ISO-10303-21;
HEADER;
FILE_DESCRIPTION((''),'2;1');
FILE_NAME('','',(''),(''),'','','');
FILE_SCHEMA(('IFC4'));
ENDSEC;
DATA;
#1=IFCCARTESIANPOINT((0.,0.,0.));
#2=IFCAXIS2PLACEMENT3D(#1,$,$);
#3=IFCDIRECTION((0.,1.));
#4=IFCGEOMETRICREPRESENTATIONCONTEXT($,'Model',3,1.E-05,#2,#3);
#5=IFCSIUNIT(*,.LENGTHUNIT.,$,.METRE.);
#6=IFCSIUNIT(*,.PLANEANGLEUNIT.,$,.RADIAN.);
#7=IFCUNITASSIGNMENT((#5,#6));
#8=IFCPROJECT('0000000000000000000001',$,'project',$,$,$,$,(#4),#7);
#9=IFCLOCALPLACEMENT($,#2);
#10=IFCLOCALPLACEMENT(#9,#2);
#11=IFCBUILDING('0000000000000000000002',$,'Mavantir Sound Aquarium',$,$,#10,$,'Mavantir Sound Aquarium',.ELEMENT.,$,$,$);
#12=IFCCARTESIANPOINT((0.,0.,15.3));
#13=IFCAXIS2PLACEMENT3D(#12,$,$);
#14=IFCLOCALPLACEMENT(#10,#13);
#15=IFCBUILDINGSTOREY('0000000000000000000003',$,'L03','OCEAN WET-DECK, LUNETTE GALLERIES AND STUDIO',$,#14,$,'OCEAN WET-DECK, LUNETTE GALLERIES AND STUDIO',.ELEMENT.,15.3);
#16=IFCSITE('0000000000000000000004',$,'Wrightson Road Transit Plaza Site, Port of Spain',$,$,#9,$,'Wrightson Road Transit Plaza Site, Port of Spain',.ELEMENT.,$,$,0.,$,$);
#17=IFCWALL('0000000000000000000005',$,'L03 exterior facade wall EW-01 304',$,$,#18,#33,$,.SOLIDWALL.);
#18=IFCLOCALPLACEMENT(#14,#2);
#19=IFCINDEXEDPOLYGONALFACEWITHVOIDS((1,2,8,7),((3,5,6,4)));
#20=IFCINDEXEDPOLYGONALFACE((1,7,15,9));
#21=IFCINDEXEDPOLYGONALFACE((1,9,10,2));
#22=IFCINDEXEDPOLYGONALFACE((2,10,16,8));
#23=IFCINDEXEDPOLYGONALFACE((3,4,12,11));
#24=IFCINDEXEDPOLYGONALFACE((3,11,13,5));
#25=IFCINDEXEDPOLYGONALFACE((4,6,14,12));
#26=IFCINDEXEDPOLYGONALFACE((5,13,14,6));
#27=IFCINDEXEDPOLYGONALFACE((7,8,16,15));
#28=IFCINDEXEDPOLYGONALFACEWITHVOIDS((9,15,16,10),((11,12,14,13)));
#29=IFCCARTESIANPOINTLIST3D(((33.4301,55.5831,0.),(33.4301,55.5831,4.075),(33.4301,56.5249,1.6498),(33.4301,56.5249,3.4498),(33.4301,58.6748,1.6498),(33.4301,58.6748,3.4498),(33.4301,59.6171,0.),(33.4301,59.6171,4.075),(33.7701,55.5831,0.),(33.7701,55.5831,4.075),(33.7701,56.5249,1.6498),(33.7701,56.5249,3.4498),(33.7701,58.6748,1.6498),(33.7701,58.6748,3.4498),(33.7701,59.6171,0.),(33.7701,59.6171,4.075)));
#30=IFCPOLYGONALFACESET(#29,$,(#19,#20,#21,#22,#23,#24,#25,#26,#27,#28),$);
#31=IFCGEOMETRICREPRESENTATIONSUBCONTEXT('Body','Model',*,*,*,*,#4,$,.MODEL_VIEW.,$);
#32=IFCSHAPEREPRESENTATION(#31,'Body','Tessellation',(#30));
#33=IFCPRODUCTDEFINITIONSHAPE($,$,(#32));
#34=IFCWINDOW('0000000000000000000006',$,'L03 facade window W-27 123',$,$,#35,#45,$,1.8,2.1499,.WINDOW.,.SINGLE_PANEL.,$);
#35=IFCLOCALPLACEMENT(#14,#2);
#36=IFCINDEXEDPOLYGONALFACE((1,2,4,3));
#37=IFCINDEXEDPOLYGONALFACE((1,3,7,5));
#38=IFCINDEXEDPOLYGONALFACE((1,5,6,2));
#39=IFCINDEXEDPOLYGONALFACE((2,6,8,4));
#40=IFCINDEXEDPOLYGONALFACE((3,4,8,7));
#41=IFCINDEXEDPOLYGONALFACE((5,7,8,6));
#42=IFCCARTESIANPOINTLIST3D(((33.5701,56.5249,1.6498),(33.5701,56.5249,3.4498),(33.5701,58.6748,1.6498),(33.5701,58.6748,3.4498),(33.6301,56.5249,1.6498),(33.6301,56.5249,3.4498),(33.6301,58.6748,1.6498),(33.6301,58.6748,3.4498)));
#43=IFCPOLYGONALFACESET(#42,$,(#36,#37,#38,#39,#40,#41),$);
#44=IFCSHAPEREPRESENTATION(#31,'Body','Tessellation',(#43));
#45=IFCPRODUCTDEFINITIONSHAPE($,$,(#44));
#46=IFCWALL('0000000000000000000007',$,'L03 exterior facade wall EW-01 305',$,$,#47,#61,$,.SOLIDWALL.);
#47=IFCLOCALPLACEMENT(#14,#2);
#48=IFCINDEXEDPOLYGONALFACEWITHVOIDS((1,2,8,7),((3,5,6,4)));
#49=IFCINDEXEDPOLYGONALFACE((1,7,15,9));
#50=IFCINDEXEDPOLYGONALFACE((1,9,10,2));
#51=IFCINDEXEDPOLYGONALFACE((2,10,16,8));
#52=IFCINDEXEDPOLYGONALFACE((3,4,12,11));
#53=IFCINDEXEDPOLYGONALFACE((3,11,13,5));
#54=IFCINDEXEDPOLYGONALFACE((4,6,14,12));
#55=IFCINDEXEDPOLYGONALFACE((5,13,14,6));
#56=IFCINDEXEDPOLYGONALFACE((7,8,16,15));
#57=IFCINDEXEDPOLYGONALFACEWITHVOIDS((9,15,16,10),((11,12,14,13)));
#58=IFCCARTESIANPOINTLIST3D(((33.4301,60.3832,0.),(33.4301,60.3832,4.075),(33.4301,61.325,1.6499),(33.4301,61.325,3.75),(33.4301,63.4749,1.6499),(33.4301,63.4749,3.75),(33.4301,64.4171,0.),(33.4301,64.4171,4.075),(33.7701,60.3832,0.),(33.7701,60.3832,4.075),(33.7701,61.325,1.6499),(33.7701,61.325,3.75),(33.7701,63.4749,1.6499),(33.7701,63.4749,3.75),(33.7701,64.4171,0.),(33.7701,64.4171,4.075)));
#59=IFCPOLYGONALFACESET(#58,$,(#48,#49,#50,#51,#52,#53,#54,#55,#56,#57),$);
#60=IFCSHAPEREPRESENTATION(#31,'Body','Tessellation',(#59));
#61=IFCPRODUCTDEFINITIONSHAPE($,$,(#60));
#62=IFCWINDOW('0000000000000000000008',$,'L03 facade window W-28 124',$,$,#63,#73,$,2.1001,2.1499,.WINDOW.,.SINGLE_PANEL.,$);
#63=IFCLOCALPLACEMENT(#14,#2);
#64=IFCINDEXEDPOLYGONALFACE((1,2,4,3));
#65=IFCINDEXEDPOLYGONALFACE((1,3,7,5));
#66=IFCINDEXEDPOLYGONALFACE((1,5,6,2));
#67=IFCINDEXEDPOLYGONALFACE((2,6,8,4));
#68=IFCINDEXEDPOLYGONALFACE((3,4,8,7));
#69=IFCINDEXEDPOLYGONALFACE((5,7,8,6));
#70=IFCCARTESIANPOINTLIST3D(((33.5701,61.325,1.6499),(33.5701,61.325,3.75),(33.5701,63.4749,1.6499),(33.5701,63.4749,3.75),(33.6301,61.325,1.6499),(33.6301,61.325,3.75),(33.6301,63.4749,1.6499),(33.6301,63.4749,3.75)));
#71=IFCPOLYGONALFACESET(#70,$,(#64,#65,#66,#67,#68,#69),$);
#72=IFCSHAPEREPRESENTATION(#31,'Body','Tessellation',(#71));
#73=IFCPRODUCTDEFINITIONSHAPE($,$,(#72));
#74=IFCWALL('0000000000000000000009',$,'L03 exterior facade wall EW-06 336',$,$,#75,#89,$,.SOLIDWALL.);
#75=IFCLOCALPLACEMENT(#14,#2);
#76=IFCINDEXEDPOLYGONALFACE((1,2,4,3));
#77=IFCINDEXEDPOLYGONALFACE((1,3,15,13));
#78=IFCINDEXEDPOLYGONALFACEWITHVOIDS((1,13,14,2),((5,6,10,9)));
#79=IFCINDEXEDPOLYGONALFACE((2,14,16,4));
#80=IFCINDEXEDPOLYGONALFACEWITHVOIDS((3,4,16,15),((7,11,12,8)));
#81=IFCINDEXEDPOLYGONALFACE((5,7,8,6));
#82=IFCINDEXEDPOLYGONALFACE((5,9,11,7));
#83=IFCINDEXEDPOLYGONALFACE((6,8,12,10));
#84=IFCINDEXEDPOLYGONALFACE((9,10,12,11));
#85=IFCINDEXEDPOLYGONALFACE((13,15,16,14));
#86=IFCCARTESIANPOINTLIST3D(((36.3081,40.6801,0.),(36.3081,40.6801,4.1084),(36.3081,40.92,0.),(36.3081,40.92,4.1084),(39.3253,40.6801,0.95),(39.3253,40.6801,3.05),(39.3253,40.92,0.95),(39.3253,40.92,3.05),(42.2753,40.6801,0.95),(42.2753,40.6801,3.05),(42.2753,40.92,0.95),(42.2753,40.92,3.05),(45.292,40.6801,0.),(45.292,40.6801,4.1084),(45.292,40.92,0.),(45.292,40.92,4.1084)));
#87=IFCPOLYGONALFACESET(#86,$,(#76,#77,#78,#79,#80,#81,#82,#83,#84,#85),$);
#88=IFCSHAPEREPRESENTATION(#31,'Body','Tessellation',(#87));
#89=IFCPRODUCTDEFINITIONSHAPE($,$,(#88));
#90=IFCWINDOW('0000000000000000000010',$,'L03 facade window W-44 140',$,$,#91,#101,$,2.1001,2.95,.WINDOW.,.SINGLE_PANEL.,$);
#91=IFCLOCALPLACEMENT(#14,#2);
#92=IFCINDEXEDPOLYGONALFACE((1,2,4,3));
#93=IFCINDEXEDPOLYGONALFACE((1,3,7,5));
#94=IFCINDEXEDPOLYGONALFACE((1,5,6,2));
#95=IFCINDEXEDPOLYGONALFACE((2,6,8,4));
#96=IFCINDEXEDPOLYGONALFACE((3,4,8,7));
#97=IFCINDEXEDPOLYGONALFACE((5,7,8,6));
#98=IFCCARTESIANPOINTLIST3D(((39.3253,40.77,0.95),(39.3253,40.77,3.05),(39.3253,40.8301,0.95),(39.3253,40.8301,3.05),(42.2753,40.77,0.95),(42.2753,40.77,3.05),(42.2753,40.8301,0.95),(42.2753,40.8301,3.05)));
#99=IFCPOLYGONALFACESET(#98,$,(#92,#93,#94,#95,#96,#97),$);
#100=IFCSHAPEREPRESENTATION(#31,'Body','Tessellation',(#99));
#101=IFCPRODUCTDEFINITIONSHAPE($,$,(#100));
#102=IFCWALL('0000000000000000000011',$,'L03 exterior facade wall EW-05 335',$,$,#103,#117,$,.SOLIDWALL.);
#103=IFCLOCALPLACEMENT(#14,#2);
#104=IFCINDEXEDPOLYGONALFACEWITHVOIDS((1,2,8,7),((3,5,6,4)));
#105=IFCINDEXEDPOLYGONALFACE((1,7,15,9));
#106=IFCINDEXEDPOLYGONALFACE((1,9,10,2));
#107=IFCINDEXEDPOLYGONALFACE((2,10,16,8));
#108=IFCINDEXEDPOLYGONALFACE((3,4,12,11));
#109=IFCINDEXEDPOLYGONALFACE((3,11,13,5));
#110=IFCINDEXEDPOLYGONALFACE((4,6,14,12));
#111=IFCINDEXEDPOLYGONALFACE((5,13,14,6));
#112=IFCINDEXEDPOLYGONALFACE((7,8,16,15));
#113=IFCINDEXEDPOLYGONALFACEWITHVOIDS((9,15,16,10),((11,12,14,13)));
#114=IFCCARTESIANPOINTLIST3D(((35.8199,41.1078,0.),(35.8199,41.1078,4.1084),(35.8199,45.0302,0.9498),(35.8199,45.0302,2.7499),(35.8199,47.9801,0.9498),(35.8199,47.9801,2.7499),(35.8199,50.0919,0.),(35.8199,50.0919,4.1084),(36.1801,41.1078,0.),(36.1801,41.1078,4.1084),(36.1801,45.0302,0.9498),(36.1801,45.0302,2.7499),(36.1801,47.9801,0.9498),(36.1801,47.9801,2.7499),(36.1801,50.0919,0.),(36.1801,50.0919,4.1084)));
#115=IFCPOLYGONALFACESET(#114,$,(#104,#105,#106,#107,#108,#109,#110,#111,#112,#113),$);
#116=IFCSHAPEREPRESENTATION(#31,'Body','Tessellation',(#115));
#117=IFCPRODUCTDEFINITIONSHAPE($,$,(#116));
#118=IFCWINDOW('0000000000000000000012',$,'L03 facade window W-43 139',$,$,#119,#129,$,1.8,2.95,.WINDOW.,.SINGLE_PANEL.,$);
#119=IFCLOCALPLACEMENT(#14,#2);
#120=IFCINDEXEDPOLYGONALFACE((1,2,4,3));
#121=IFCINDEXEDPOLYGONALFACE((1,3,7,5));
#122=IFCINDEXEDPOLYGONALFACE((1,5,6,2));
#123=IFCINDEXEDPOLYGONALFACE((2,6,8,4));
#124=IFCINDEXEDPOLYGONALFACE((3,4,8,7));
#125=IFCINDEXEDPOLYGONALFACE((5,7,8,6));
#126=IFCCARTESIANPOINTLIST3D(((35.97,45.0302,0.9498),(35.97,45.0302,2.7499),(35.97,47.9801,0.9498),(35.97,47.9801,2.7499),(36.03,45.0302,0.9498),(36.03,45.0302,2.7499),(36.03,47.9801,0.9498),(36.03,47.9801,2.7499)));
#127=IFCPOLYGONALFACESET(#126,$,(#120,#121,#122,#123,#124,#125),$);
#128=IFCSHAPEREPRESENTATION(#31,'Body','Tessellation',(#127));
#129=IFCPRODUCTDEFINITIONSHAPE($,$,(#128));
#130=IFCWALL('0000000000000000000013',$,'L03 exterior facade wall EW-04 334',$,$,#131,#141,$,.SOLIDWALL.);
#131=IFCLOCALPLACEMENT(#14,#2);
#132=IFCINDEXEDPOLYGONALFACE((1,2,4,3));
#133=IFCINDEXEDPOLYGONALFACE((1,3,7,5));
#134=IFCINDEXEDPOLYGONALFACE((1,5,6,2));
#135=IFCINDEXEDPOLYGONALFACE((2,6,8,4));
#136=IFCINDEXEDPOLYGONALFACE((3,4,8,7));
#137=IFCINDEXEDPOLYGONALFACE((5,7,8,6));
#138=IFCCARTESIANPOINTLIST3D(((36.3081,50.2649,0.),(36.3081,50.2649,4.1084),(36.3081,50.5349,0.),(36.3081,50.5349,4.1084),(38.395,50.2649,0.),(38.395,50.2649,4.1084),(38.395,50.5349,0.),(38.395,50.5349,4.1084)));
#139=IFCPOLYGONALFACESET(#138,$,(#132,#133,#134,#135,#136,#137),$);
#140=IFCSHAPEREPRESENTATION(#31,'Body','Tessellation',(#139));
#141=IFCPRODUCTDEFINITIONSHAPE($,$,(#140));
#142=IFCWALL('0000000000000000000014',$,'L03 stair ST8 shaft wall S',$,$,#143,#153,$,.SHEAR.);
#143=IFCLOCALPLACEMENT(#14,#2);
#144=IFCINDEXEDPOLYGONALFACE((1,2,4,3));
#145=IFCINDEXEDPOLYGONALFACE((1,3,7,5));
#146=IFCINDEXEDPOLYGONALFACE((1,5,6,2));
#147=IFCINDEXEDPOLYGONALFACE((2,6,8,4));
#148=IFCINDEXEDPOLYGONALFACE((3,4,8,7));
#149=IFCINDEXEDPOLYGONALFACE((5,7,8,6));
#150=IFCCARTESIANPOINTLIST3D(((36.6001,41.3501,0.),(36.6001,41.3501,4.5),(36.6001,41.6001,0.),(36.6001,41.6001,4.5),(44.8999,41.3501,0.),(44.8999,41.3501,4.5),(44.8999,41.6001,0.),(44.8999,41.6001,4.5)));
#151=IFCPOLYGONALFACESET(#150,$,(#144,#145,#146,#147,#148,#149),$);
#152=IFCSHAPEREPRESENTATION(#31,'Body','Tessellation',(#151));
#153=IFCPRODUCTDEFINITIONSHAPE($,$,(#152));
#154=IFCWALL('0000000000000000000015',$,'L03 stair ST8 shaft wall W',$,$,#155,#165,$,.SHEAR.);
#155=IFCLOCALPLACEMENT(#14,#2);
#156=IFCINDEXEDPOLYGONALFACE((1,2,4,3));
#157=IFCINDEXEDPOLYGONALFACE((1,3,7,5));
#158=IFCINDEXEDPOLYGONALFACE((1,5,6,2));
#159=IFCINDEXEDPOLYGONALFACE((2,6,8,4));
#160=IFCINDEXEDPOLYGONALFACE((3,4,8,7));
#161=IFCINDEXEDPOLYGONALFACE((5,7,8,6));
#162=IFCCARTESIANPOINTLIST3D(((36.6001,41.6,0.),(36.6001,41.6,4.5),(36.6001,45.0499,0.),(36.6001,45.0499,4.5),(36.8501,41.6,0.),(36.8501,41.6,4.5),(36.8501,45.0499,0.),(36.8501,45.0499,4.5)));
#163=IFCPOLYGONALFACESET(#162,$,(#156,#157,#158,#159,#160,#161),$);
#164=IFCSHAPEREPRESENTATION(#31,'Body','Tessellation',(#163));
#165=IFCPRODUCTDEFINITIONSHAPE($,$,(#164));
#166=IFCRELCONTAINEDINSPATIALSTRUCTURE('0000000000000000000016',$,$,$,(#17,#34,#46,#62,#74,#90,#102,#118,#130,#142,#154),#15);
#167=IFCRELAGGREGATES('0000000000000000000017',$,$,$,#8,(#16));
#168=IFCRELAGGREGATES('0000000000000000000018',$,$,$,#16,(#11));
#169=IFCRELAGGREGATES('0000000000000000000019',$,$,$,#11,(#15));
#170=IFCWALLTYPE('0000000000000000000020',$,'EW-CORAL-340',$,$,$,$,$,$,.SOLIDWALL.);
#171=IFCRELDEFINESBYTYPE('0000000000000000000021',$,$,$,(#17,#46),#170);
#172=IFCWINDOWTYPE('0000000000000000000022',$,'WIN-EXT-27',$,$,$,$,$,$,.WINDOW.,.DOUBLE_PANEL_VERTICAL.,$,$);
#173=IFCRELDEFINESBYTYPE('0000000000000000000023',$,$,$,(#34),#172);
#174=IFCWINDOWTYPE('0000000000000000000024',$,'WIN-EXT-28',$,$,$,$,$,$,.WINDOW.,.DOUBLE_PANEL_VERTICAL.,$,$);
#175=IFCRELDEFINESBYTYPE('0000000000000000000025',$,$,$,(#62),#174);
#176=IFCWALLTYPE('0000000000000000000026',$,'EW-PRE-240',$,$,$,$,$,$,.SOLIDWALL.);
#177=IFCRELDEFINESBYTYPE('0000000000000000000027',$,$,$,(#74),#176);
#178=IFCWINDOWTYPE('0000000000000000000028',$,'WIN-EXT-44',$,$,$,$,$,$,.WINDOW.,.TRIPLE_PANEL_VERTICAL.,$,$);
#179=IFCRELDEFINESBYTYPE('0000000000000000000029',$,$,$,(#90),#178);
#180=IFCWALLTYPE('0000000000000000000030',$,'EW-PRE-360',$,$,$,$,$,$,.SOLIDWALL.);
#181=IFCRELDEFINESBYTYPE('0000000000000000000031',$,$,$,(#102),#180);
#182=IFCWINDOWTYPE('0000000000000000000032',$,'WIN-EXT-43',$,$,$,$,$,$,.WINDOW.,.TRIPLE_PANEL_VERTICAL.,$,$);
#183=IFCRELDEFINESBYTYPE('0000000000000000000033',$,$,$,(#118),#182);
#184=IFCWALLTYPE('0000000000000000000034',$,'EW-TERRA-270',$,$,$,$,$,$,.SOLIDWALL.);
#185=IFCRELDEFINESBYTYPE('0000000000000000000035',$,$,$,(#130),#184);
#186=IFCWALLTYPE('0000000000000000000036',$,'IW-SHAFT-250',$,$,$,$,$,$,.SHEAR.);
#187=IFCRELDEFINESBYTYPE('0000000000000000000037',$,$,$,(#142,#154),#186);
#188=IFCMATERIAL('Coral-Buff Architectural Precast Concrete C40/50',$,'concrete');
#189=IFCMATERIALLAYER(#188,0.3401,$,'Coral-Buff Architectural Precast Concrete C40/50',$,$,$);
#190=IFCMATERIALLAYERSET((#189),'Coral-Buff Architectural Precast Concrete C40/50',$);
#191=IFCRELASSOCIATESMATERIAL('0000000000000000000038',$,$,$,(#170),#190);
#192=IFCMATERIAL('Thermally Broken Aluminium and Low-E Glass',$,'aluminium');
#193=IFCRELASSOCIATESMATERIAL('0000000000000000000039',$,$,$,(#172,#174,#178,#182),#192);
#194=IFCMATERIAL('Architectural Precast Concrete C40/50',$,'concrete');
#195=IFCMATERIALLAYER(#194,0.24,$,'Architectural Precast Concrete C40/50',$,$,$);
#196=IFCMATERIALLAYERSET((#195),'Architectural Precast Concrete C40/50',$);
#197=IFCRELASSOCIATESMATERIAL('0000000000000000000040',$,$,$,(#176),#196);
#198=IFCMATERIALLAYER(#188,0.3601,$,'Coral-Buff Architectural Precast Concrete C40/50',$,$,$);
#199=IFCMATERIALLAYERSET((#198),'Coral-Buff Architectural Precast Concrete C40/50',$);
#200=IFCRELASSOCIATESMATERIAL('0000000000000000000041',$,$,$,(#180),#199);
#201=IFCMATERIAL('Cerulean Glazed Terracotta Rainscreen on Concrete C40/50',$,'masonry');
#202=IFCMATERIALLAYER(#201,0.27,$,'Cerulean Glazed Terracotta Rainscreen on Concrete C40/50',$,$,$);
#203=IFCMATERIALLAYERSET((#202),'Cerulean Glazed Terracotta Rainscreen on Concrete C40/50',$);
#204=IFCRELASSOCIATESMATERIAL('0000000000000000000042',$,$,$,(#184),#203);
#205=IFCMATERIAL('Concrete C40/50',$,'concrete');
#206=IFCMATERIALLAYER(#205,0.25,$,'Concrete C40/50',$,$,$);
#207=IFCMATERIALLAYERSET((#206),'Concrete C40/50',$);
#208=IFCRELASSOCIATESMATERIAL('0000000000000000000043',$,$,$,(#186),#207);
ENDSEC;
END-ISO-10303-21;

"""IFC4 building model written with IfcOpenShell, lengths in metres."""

from ifc_helpers import new_model, si_unit, direction, frame, frame_2d, origin, place, context, subcontext, project, spatial, rectangle, extrude, material, layer, layer_set, type_object, element, fill, save


model = new_model("IFC4")

# Units and contexts
model_context = context("Model", 3, precision=1e-05, world=origin(), true_north=direction((0.0, 1.0)))
body_context = subcontext(model_context, "Body", "Model", "MODEL_VIEW")
ifc_project = project(units=[si_unit("LENGTHUNIT", "METRE"), si_unit("PLANEANGLEUNIT", "RADIAN")], contexts=[model_context])

# Site, building, storey
site_placement = place(None, origin())
site = spatial("IfcSite", under=ifc_project, at=site_placement, Name="Wrightson Road Transit Plaza Site, Port of Spain", LongName="Wrightson Road Transit Plaza Site, Port of Spain", CompositionType="ELEMENT", RefElevation=0.0)
building_placement = place(site_placement, origin())
building = spatial("IfcBuilding", under=site, at=building_placement, Name="Mavantir Sound Aquarium", LongName="Mavantir Sound Aquarium", CompositionType="ELEMENT")
storey_placement = place(building_placement, frame((0.0, 0.0, 15.3)))
storey = spatial("IfcBuildingStorey", under=building, at=storey_placement, Name="L03", Description="OCEAN WET-DECK, LUNETTE GALLERIES AND STUDIO", LongName="OCEAN WET-DECK, LUNETTE GALLERIES AND STUDIO", CompositionType="ELEMENT", Elevation=15.3)

# Shared definitions
ifc_material_1 = material(Name="Concrete C40/50", Category="concrete")

# Shared definitions
ifc_material_2 = material(Name="Coral-Buff Architectural Precast Concrete C40/50", Category="concrete")

# Walls, openings, windows
ifc_layer_1 = layer(ifc_material_2, 0.3401, Name="Coral-Buff Architectural Precast Concrete C40/50")
ifc_layer_set_1 = layer_set([ifc_layer_1], Name="Coral-Buff Architectural Precast Concrete C40/50")
wall_type_1 = type_object("IfcWallType", Name="EW-CORAL-340", PredefinedType="SOLIDWALL", material=ifc_layer_set_1)
ifc_material_3 = material(Name="Thermally Broken Aluminium and Low-E Glass", Category="aluminium")
wall_1_placement = place(storey_placement, frame((33.6001, 55.583, 0.0), z_axis=(0.0, 0.0, 1.0), x_axis=(0.0, 1.0, 0.0)))
wall_1 = element("IfcWall", 1, at=wall_1_placement, inside=storey, type_object=wall_type_1, Name="L03 exterior facade wall EW-01 304", PredefinedType="SOLIDWALL", context=body_context, shape_type="SweptSolid", body=[
    extrude(rectangle(XDim=4.0339, YDim=0.3401, at=frame_2d((2.0171, 0.0))), origin(), (0.0, 0.0, 1.0), 4.075),
])
opening_1_placement = place(wall_1_placement, frame((0.9419, 0.0, 1.6499)))
opening_1 = element("IfcOpeningElement", 2, at=opening_1_placement, cuts=wall_1, PredefinedType="OPENING", context=body_context, shape_type="SweptSolid", body=[
    extrude(rectangle(XDim=2.1499, YDim=1.8, at=frame_2d((1.075, 0.8999))), frame((0.0, 0.1802, 0.0), z_axis=(0.0, -1.0, 0.0), x_axis=(1.0, 0.0, 0.0)), (0.0, 0.0, 1.0), 0.3601),
])
window_type_1 = type_object("IfcWindowType", Name="WIN-EXT-27", PartitioningType="DOUBLE_PANEL_VERTICAL", PredefinedType="WINDOW", material=ifc_material_3)
window_1_placement = place(opening_1_placement, origin())
window_1 = element("IfcWindow", 3, at=window_1_placement, inside=storey, type_object=window_type_1, Name="L03 facade window W-27 123", OverallHeight=1.8, OverallWidth=2.1499, PartitioningType="SINGLE_PANEL", PredefinedType="WINDOW", context=body_context, shape_type="SweptSolid", body=[
    extrude(rectangle(XDim=2.1499, YDim=1.8, at=frame_2d((1.075, 0.8999))), frame((0.0, 0.03, 0.0), z_axis=(0.0, -1.0, 0.0), x_axis=(1.0, 0.0, 0.0)), (0.0, 0.0, 1.0), 0.0601),
])
fill(opening_1, window_1)
wall_2_placement = place(storey_placement, frame((33.6001, 60.3831, 0.0), z_axis=(0.0, 0.0, 1.0), x_axis=(0.0, 1.0, 0.0)))
wall_2 = element("IfcWall", 4, at=wall_2_placement, inside=storey, type_object=wall_type_1, Name="L03 exterior facade wall EW-01 305", PredefinedType="SOLIDWALL", context=body_context, shape_type="SweptSolid", body=[
    extrude(rectangle(XDim=4.0339, YDim=0.3401, at=frame_2d((2.0171, 0.0))), origin(), (0.0, 0.0, 1.0), 4.075),
])
opening_2_placement = place(wall_2_placement, frame((0.9419, 0.0, 1.6499)))
opening_2 = element("IfcOpeningElement", 5, at=opening_2_placement, cuts=wall_2, PredefinedType="OPENING", context=body_context, shape_type="SweptSolid", body=[
    extrude(rectangle(XDim=2.1499, YDim=2.1001, at=frame_2d((1.075, 1.05))), frame((0.0, 0.1802, 0.0), z_axis=(0.0, -1.0, 0.0), x_axis=(1.0, 0.0, 0.0)), (0.0, 0.0, 1.0), 0.3601),
])
window_type_2 = type_object("IfcWindowType", Name="WIN-EXT-28", PartitioningType="DOUBLE_PANEL_VERTICAL", PredefinedType="WINDOW", material=ifc_material_3)
window_2_placement = place(opening_2_placement, origin())
window_2 = element("IfcWindow", 6, at=window_2_placement, inside=storey, type_object=window_type_2, Name="L03 facade window W-28 124", OverallHeight=2.1001, OverallWidth=2.1499, PartitioningType="SINGLE_PANEL", PredefinedType="WINDOW", context=body_context, shape_type="SweptSolid", body=[
    extrude(rectangle(XDim=2.1499, YDim=2.1001, at=frame_2d((1.075, 1.05))), frame((0.0, 0.03, 0.0), z_axis=(0.0, -1.0, 0.0), x_axis=(1.0, 0.0, 0.0)), (0.0, 0.0, 1.0), 0.0601),
])
fill(opening_2, window_2)
ifc_material_4 = material(Name="Architectural Precast Concrete C40/50", Category="concrete")
ifc_layer_2 = layer(ifc_material_4, 0.24, Name="Architectural Precast Concrete C40/50")
ifc_layer_set_2 = layer_set([ifc_layer_2], Name="Architectural Precast Concrete C40/50")
wall_type_2 = type_object("IfcWallType", Name="EW-PRE-240", PredefinedType="SOLIDWALL", material=ifc_layer_set_2)
wall_3_placement = place(storey_placement, frame((36.3081, 40.8, 0.0), z_axis=(0.0, 0.0, 1.0), x_axis=(1.0, 0.0, 0.0)))
wall_3 = element("IfcWall", 7, at=wall_3_placement, inside=storey, type_object=wall_type_2, Name="L03 exterior facade wall EW-06 336", PredefinedType="SOLIDWALL", context=body_context, shape_type="SweptSolid", body=[
    extrude(rectangle(XDim=8.9839, YDim=0.24, at=frame_2d((4.4919, 0.0))), origin(), (0.0, 0.0, 1.0), 4.1084),
])
opening_3_placement = place(wall_3_placement, frame((3.0171, 0.0, 0.95)))
opening_3 = element("IfcOpeningElement", 8, at=opening_3_placement, cuts=wall_3, PredefinedType="OPENING", context=body_context, shape_type="SweptSolid", body=[
    extrude(rectangle(XDim=2.95, YDim=2.1001, at=frame_2d((1.4751, 1.05))), frame((0.0, 0.1299, 0.0), z_axis=(0.0, -1.0, 0.0), x_axis=(1.0, 0.0, 0.0)), (0.0, 0.0, 1.0), 0.26),
])
window_type_3 = type_object("IfcWindowType", Name="WIN-EXT-44", PartitioningType="TRIPLE_PANEL_VERTICAL", PredefinedType="WINDOW", material=ifc_material_3)
window_3_placement = place(opening_3_placement, origin())
window_3 = element("IfcWindow", 9, at=window_3_placement, inside=storey, type_object=window_type_3, Name="L03 facade window W-44 140", OverallHeight=2.1001, OverallWidth=2.95, PartitioningType="SINGLE_PANEL", PredefinedType="WINDOW", context=body_context, shape_type="SweptSolid", body=[
    extrude(rectangle(XDim=2.95, YDim=2.1001, at=frame_2d((1.4751, 1.05))), frame((0.0, 0.03, 0.0), z_axis=(0.0, -1.0, 0.0), x_axis=(1.0, 0.0, 0.0)), (0.0, 0.0, 1.0), 0.0601),
])
fill(opening_3, window_3)
ifc_layer_3 = layer(ifc_material_2, 0.3601, Name="Coral-Buff Architectural Precast Concrete C40/50")
ifc_layer_set_3 = layer_set([ifc_layer_3], Name="Coral-Buff Architectural Precast Concrete C40/50")
wall_type_3 = type_object("IfcWallType", Name="EW-PRE-360", PredefinedType="SOLIDWALL", material=ifc_layer_set_3)
wall_4_placement = place(storey_placement, frame((36.0, 50.092, 0.0), z_axis=(0.0, 0.0, 1.0), x_axis=(0.0, -1.0, 0.0)))
wall_4 = element("IfcWall", 10, at=wall_4_placement, inside=storey, type_object=wall_type_3, Name="L03 exterior facade wall EW-05 335", PredefinedType="SOLIDWALL", context=body_context, shape_type="SweptSolid", body=[
    extrude(rectangle(XDim=8.9841, YDim=0.3601, at=frame_2d((4.4922, 0.0))), origin(), (0.0, 0.0, 1.0), 4.1084),
])
opening_4_placement = place(wall_4_placement, frame((2.1118, 0.0, 0.95)))
opening_4 = element("IfcOpeningElement", 11, at=opening_4_placement, cuts=wall_4, PredefinedType="OPENING", context=body_context, shape_type="SweptSolid", body=[
    extrude(rectangle(XDim=2.95, YDim=1.8, at=frame_2d((1.4751, 0.8999))), frame((0.0, 0.1899, 0.0), z_axis=(0.0, -1.0, 0.0), x_axis=(1.0, 0.0, 0.0)), (0.0, 0.0, 1.0), 0.3801),
])
window_type_4 = type_object("IfcWindowType", Name="WIN-EXT-43", PartitioningType="TRIPLE_PANEL_VERTICAL", PredefinedType="WINDOW", material=ifc_material_3)
window_4_placement = place(opening_4_placement, origin())
window_4 = element("IfcWindow", 12, at=window_4_placement, inside=storey, type_object=window_type_4, Name="L03 facade window W-43 139", OverallHeight=1.8, OverallWidth=2.95, PartitioningType="SINGLE_PANEL", PredefinedType="WINDOW", context=body_context, shape_type="SweptSolid", body=[
    extrude(rectangle(XDim=2.95, YDim=1.8, at=frame_2d((1.4751, 0.8999))), frame((0.0, 0.03, 0.0), z_axis=(0.0, -1.0, 0.0), x_axis=(1.0, 0.0, 0.0)), (0.0, 0.0, 1.0), 0.0601),
])
fill(opening_4, window_4)

# Walls
ifc_material_5 = material(Name="Cerulean Glazed Terracotta Rainscreen on Concrete C40/50", Category="masonry")
ifc_layer_4 = layer(ifc_material_5, 0.27, Name="Cerulean Glazed Terracotta Rainscreen on Concrete C40/50")
ifc_layer_set_4 = layer_set([ifc_layer_4], Name="Cerulean Glazed Terracotta Rainscreen on Concrete C40/50")
wall_type_4 = type_object("IfcWallType", Name="EW-TERRA-270", PredefinedType="SOLIDWALL", material=ifc_layer_set_4)
wall_5_placement = place(storey_placement, frame((38.395, 50.3999, 0.0), z_axis=(0.0, 0.0, 1.0), x_axis=(-1.0, 0.0, 0.0)))
element("IfcWall", 13, at=wall_5_placement, inside=storey, type_object=wall_type_4, Name="L03 exterior facade wall EW-04 334", PredefinedType="SOLIDWALL", context=body_context, shape_type="SweptSolid", body=[
    extrude(rectangle(XDim=2.0869, YDim=0.27, at=frame_2d((1.0435, 0.0))), origin(), (0.0, 0.0, 1.0), 4.1084),
])
ifc_layer_5 = layer(ifc_material_1, 0.25, Name="Concrete C40/50")
ifc_layer_set_5 = layer_set([ifc_layer_5], Name="Concrete C40/50")
wall_type_5 = type_object("IfcWallType", Name="IW-SHAFT-250", PredefinedType="SHEAR", material=ifc_layer_set_5)
wall_6_placement = place(storey_placement, frame((36.6001, 41.4751, 0.0), z_axis=(0.0, 0.0, 1.0), x_axis=(1.0, 0.0, 0.0)))
element("IfcWall", 14, at=wall_6_placement, inside=storey, type_object=wall_type_5, Name="L03 stair ST8 shaft wall S", PredefinedType="SHEAR", context=body_context, shape_type="SweptSolid", body=[
    extrude(rectangle(XDim=8.2998, YDim=0.25, at=frame_2d((4.1499, 0.0))), origin(), (0.0, 0.0, 1.0), 4.5),
])
wall_7_placement = place(storey_placement, frame((36.7251, 45.05, 0.0), z_axis=(0.0, 0.0, 1.0), x_axis=(0.0, -1.0, 0.0)))
element("IfcWall", 15, at=wall_7_placement, inside=storey, type_object=wall_type_5, Name="L03 stair ST8 shaft wall W", PredefinedType="SHEAR", context=body_context, shape_type="SweptSolid", body=[
    extrude(rectangle(XDim=3.45, YDim=0.25, at=frame_2d((1.7251, 0.0))), origin(), (0.0, 0.0, 1.0), 4.5),
])

save(model, "model.ifc")
